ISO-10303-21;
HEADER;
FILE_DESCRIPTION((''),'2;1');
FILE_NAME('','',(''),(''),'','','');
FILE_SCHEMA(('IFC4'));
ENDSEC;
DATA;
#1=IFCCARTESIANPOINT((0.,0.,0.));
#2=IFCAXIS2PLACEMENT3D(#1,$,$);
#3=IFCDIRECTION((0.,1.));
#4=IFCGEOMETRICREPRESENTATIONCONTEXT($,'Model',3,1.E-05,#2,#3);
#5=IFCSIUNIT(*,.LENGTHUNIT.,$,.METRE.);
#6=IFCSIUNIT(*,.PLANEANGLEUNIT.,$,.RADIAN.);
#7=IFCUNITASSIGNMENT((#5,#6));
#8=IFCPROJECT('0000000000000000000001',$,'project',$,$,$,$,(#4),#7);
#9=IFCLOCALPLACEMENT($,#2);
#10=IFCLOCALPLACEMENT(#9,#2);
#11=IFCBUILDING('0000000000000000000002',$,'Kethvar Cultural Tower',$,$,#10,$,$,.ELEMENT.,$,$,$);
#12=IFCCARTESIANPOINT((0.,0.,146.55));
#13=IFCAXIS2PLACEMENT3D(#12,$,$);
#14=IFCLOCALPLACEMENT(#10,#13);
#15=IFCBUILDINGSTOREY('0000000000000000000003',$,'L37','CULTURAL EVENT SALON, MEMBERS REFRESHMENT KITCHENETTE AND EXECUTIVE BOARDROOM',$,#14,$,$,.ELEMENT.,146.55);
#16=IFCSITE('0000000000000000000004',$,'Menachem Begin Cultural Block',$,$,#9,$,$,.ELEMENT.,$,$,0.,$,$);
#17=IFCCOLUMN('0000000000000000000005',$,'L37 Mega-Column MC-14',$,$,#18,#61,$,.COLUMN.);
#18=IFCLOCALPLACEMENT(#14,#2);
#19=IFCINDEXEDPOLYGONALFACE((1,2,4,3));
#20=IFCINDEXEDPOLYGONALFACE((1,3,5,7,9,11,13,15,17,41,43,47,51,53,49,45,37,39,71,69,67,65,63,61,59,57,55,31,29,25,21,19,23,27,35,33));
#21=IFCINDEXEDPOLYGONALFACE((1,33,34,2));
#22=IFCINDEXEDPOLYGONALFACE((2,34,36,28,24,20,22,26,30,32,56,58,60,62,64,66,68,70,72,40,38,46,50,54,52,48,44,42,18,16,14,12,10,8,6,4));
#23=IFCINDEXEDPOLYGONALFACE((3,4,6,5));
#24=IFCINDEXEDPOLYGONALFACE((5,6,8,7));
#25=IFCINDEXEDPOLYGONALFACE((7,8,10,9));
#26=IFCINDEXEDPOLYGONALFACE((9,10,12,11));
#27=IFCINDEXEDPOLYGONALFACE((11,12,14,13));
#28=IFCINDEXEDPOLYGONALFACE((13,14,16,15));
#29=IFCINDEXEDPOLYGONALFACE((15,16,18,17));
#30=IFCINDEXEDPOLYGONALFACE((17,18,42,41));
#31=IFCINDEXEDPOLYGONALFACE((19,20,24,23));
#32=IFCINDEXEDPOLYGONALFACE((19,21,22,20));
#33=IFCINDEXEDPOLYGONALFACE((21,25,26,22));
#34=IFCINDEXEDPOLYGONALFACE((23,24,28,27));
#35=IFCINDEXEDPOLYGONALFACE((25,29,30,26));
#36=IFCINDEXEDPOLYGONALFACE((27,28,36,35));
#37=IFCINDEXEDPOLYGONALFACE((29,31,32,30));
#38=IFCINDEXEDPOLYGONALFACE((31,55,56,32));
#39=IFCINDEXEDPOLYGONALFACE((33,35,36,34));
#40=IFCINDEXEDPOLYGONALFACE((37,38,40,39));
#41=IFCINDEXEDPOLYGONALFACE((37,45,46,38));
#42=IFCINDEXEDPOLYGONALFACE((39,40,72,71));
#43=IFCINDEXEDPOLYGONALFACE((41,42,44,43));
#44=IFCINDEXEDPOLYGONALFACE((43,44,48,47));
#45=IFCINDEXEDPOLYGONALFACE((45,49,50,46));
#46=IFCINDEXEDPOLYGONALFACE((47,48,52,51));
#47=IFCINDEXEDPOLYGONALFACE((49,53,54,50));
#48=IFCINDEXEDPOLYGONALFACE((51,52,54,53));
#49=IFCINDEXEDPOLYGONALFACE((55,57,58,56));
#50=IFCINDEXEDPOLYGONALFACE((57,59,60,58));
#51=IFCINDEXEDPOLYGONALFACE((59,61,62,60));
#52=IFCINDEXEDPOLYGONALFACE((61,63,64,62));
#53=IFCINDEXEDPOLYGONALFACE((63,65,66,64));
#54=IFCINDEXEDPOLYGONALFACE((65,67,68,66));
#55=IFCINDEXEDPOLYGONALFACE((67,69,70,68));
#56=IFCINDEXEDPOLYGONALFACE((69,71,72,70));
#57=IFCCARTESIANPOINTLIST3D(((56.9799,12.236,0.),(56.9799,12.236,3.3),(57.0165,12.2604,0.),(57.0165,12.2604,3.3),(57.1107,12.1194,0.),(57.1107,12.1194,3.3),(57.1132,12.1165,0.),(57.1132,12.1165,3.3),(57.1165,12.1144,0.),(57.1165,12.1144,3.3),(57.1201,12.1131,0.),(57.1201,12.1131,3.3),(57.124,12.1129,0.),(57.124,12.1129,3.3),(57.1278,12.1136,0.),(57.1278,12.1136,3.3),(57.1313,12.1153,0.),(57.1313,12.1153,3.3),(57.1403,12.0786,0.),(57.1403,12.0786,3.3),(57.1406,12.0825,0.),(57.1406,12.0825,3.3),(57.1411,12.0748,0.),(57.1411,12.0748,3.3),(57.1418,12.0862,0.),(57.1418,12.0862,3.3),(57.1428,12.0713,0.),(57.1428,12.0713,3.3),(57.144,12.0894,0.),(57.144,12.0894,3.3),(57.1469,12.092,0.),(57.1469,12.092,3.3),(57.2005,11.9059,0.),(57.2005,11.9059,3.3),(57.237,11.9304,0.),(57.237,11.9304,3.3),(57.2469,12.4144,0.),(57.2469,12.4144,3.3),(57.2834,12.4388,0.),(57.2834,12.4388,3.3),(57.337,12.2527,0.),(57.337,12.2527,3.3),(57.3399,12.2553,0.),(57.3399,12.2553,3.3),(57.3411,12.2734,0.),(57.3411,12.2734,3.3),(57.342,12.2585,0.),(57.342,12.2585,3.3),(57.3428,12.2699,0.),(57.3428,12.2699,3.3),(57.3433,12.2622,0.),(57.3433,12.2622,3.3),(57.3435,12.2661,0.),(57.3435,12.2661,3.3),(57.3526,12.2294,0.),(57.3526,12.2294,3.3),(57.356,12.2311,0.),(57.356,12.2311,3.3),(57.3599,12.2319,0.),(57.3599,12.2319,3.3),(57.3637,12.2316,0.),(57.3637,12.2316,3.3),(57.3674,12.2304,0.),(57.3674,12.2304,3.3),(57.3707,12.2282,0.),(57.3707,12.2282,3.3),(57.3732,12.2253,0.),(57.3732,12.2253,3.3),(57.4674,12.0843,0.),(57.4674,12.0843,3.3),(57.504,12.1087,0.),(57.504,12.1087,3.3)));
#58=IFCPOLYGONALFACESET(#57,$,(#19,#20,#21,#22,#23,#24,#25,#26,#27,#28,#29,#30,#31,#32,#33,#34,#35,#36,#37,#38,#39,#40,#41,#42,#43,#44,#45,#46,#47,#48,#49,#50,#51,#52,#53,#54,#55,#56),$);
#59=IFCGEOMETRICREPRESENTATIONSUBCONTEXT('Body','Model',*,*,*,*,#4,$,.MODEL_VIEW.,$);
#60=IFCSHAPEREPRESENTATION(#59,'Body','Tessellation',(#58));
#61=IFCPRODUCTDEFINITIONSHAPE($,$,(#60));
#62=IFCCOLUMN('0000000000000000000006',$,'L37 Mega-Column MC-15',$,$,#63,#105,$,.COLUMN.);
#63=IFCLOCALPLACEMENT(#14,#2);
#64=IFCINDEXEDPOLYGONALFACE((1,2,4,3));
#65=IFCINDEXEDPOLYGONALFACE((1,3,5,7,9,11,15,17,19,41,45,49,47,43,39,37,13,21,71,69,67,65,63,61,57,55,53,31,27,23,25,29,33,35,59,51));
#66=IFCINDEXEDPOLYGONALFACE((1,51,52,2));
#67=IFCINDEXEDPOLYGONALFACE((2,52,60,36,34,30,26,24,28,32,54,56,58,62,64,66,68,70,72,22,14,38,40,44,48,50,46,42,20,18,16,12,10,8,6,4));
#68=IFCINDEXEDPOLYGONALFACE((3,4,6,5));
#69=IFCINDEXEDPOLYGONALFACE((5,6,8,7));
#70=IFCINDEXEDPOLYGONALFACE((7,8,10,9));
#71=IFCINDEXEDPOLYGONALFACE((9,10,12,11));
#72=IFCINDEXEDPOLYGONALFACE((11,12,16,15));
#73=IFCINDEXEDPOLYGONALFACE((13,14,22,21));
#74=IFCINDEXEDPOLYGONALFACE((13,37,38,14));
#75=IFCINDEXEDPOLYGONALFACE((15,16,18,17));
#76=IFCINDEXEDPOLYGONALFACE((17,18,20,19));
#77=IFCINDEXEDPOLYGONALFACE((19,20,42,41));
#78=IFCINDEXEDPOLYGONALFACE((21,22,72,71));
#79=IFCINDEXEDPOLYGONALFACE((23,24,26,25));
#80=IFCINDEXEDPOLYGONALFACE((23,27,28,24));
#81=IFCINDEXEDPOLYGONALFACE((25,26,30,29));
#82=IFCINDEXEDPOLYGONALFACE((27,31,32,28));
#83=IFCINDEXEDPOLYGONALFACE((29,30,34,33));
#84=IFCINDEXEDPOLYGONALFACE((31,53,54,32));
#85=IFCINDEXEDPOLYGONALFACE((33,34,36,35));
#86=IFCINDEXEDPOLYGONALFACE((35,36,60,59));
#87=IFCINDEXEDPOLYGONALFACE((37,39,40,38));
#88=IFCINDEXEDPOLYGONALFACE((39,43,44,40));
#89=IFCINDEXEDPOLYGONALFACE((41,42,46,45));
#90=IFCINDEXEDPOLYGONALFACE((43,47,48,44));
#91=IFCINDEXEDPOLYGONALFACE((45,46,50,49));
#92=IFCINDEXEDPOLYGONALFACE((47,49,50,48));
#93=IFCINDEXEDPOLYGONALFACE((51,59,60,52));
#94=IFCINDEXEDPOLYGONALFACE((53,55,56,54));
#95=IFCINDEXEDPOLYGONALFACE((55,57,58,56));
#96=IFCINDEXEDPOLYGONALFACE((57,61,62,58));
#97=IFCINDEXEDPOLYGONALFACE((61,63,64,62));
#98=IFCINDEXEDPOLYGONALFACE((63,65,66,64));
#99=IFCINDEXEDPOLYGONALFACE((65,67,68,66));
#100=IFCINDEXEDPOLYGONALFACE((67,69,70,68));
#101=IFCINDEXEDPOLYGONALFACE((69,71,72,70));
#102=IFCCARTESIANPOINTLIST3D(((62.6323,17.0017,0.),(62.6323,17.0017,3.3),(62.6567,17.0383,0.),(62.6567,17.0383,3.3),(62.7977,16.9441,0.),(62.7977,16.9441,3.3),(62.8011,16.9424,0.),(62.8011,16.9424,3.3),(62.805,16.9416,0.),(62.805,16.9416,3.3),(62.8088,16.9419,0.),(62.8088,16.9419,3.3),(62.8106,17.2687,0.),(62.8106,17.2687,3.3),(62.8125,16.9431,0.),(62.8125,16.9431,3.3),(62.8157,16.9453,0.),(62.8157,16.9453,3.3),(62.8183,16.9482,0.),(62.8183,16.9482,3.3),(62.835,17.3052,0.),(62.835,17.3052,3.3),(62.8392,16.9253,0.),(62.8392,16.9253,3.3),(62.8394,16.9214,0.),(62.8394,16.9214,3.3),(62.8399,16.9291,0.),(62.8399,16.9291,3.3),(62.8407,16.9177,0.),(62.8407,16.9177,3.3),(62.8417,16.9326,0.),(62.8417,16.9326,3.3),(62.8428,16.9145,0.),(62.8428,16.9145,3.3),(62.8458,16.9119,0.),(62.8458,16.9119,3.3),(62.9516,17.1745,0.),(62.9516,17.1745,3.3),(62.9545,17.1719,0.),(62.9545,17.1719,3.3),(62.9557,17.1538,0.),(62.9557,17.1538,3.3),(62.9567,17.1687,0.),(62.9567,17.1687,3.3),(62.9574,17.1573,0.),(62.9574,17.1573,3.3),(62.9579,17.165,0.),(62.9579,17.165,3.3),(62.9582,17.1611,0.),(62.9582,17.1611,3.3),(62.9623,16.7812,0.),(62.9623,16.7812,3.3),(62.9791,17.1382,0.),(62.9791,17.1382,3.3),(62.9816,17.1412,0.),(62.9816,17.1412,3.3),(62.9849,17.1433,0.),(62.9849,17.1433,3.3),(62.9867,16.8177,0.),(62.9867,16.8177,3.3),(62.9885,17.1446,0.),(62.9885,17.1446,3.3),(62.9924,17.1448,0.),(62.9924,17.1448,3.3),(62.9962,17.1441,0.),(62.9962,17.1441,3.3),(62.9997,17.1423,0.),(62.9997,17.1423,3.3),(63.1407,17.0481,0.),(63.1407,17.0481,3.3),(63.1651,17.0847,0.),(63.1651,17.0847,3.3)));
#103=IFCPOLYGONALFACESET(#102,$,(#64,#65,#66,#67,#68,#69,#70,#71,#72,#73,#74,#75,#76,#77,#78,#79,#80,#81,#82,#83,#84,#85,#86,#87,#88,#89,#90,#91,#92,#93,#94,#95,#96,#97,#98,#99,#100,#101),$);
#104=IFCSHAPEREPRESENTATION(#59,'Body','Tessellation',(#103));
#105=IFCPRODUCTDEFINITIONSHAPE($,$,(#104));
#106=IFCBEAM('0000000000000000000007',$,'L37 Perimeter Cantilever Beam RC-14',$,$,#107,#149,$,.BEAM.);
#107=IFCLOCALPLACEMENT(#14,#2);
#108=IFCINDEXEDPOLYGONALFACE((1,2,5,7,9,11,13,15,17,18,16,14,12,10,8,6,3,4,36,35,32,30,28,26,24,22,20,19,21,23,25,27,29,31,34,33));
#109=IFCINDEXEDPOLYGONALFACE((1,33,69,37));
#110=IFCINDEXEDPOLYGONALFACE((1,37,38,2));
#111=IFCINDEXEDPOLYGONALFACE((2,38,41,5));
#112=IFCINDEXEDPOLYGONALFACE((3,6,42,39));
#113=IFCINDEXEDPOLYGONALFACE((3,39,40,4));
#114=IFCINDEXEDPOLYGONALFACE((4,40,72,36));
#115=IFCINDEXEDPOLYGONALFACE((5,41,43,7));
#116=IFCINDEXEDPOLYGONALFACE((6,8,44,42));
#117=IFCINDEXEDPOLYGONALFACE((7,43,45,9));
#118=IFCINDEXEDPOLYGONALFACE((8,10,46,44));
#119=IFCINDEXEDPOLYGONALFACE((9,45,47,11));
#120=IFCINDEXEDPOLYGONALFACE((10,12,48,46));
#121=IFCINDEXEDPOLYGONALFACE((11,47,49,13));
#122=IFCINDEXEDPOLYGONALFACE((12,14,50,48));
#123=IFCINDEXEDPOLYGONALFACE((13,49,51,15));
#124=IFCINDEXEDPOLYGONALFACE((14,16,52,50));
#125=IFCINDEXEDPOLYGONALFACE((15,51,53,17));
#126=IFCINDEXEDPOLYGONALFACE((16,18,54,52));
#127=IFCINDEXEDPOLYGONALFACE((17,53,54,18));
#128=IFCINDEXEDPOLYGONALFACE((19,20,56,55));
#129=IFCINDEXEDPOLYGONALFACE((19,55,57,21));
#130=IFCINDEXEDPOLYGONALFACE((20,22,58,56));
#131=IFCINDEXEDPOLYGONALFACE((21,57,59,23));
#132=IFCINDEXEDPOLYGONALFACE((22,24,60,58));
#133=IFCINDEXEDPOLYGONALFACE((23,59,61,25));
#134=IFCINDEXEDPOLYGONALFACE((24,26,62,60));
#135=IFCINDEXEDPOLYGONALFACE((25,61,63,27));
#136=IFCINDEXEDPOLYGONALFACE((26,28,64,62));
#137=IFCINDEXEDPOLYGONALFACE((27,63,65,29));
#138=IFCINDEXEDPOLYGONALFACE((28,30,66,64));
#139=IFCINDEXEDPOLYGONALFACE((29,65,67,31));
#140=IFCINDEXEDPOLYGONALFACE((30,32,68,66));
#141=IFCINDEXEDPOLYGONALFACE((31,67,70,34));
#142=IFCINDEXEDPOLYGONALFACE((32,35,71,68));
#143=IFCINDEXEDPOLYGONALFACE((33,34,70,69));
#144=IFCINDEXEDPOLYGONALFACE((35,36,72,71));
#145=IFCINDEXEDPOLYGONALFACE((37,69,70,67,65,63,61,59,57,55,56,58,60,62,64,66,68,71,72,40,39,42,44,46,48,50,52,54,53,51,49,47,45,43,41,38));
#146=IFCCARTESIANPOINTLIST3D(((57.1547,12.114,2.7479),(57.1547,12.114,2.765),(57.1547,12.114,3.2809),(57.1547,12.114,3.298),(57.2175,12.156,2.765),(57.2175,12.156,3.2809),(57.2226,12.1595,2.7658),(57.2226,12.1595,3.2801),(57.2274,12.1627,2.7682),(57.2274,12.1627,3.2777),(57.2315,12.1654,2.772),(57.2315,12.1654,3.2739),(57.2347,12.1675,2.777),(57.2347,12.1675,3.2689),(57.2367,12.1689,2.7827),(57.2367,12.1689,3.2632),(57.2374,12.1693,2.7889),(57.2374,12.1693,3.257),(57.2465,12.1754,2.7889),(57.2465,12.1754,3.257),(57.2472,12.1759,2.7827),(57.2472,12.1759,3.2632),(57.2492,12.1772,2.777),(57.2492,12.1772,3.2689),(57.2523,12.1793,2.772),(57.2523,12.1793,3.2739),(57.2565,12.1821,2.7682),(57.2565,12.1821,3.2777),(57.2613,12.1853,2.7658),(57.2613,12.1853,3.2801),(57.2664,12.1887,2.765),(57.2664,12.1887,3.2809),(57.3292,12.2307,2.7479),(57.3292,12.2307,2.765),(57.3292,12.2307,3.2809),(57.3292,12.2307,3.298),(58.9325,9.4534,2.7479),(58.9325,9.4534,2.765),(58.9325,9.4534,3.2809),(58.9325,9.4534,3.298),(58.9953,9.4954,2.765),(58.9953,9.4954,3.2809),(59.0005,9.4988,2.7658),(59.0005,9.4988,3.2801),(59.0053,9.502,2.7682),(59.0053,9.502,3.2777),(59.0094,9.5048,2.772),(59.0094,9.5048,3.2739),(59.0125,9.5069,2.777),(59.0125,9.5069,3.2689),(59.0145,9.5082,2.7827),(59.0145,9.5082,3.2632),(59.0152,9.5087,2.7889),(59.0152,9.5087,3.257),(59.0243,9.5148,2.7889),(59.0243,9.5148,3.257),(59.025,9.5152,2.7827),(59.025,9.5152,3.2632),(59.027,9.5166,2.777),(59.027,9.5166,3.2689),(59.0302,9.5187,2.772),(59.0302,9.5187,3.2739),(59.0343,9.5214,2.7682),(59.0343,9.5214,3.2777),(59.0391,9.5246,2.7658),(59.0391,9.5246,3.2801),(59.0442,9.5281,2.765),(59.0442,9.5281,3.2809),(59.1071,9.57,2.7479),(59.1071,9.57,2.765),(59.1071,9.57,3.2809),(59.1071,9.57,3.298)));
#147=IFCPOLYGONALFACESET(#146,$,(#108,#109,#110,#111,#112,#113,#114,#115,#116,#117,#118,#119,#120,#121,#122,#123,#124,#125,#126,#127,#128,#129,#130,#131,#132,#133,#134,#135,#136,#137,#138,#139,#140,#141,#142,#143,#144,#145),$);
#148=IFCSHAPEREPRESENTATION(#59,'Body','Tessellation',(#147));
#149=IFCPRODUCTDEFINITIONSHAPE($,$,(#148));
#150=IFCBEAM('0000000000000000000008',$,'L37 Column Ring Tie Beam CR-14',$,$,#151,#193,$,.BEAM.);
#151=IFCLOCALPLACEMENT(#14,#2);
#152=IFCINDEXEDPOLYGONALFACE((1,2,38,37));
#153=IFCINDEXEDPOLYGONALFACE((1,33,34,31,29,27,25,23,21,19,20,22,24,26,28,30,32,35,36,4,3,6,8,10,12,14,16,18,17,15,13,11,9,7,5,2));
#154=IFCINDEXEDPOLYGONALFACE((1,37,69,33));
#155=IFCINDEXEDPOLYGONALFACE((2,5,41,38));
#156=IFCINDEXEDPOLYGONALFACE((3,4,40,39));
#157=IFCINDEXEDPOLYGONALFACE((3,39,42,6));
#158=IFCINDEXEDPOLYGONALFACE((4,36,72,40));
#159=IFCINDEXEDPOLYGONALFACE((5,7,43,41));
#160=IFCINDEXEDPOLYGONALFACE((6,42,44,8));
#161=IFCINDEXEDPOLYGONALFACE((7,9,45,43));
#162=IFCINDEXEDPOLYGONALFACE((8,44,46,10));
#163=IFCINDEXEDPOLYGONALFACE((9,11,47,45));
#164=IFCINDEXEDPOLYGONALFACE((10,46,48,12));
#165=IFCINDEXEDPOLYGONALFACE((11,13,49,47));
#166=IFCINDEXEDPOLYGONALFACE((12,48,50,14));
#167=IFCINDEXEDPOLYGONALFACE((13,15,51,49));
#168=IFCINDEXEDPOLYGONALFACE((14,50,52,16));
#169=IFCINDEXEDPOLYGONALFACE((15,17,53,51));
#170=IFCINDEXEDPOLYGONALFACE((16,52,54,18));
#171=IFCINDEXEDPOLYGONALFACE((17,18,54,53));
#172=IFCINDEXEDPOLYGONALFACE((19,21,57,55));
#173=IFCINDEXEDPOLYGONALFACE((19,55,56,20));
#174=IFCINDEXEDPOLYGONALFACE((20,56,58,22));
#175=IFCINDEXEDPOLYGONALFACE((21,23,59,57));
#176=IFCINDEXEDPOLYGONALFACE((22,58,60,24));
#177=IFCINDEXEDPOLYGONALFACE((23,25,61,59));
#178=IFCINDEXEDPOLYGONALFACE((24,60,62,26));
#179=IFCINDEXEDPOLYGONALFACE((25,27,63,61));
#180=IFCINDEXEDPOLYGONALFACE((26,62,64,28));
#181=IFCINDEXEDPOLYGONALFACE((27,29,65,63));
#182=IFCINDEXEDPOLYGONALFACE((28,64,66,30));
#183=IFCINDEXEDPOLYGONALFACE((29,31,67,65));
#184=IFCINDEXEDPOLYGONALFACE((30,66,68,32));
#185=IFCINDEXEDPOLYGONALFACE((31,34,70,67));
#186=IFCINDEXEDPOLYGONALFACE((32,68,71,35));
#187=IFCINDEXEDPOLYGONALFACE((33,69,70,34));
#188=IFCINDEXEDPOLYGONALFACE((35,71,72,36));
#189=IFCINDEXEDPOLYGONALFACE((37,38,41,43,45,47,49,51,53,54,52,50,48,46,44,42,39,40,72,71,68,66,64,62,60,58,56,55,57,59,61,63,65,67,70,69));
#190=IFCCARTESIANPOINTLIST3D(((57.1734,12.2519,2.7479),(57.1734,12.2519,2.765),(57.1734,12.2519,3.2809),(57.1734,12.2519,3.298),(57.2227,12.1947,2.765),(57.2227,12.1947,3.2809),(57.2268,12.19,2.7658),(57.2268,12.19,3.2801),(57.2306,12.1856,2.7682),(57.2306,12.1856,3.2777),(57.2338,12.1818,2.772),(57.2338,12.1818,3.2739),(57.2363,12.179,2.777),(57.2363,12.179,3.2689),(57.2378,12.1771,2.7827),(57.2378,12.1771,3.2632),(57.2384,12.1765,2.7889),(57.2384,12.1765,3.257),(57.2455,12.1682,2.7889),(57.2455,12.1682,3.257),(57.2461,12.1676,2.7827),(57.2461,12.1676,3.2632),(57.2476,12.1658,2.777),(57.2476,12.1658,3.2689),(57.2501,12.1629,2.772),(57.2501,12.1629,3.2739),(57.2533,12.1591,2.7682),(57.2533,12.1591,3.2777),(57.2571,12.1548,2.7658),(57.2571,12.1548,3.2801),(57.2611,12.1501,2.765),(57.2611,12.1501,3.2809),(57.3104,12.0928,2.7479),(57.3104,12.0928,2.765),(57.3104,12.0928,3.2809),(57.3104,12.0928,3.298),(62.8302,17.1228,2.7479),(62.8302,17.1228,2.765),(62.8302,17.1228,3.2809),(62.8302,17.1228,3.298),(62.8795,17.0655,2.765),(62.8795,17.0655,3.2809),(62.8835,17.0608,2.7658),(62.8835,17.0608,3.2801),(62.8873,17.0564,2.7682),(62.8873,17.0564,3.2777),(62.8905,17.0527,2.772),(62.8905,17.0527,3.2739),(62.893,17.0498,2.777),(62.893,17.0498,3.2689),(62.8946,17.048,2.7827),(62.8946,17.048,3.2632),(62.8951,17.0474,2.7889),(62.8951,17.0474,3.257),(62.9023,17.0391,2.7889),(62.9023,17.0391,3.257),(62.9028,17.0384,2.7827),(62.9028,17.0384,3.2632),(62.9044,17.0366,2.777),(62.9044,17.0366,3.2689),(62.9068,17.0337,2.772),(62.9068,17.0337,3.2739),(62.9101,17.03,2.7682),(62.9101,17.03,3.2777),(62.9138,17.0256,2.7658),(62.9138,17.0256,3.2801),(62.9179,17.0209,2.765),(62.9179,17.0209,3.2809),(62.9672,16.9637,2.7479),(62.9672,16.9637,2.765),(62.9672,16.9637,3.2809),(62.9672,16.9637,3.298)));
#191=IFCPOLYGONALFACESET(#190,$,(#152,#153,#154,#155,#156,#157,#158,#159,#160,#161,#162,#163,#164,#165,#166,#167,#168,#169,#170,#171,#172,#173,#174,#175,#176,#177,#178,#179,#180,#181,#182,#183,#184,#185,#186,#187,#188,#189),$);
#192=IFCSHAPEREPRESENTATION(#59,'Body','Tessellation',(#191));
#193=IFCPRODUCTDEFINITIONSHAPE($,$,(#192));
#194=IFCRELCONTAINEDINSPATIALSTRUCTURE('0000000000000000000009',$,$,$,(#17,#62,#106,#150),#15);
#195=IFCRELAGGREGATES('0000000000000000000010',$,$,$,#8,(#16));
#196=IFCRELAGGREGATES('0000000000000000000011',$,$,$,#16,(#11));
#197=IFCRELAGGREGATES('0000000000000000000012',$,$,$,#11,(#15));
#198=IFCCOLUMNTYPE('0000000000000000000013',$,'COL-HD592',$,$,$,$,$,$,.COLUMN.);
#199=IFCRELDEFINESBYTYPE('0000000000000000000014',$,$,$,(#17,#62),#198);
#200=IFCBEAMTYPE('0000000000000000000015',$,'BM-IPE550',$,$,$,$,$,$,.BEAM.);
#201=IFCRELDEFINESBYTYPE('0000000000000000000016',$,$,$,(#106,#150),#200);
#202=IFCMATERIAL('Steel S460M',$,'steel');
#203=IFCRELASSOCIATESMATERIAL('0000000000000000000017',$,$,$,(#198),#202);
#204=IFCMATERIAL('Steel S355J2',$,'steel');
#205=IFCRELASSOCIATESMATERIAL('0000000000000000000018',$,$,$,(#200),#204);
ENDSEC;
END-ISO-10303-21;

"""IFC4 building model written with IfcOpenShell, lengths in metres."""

from ifc_helpers import new_model, si_unit, direction, frame, origin, origin_2d, place, context, subcontext, project, spatial, i_section, extrude, source, transform, mapped, material, material_profile, profile_set, type_object, element, save


model = new_model("IFC4")

# Units and contexts
model_context = context("Model", 3, precision=1e-05, world=origin(), true_north=direction((0.0, 1.0)))
body_context = subcontext(model_context, "Body", "Model", "MODEL_VIEW")
ifc_project = project(units=[si_unit("LENGTHUNIT", "METRE"), si_unit("PLANEANGLEUNIT", "RADIAN")], contexts=[model_context])

# Site, building, storey
site_placement = place(None, origin())
site = spatial("IfcSite", under=ifc_project, at=site_placement, Name="Menachem Begin Cultural Block", CompositionType="ELEMENT", RefElevation=0.0)
building_placement = place(site_placement, origin())
building = spatial("IfcBuilding", under=site, at=building_placement, Name="Kethvar Cultural Tower", CompositionType="ELEMENT")
storey_placement = place(building_placement, frame((0.0, 0.0, 146.55)))
storey = spatial("IfcBuildingStorey", under=building, at=storey_placement, Name="L37", Description="CULTURAL EVENT SALON, MEMBERS REFRESHMENT KITCHENETTE AND EXECUTIVE BOARDROOM", CompositionType="ELEMENT", Elevation=146.55)

# Columns
ifc_material_1 = material(Name="Steel S460M", Category="steel")
ifc_material_profile_1 = material_profile(ifc_material_1, i_section(OverallWidth=0.397, OverallDepth=0.365, WebThickness=0.0281, FlangeThickness=0.0439, FilletRadius=0.0149, at=origin_2d()), Name="Steel S460M — HD400x592")
ifc_profile_set_1 = profile_set([ifc_material_profile_1], Name="Steel S460M — HD400x592")
column_type = type_object("IfcColumnType", Name="COL-HD592", PredefinedType="COLUMN", material=ifc_profile_set_1)
shared_shape_1 = source(origin(), body_context, "Body", "SweptSolid", [
    extrude(i_section(OverallWidth=0.397, OverallDepth=0.365, WebThickness=0.0281, FlangeThickness=0.0439, FilletRadius=0.0149, at=origin_2d()), origin(), (0.0, 0.0, 1.0), 3.3),
])
for number, where, z_axis, x_axis, name in (
    (1, (57.2419, 12.1724, 0.0), (0.0, 0.0, 1.0), (0.55557, -0.83147, 0.0), "L37 Mega-Column MC-14"),
    (2, (62.8987, 17.0432, 0.0), (0.0, 0.0, 1.0), (0.83147, -0.55557, 0.0), "L37 Mega-Column MC-15"),
):
    element("IfcColumn", number, at=place(storey_placement, frame(where, z_axis=z_axis, x_axis=x_axis)), inside=storey, type_object=column_type, Name=name, PredefinedType="COLUMN", context=body_context, shape_type="MappedRepresentation", body=[
        mapped(shared_shape_1, transform((0.0, 0.0, 0.0), scale=1.0)),
    ])

# Beams
ifc_material_2 = material(Name="Steel S355J2", Category="steel")
ifc_material_profile_2 = material_profile(ifc_material_2, i_section(OverallWidth=0.21, OverallDepth=0.55, WebThickness=0.011, FlangeThickness=0.0171, FilletRadius=0.0239, at=origin_2d()), Name="Steel S355J2 — IPE550")
ifc_profile_set_2 = profile_set([ifc_material_profile_2], Name="Steel S355J2 — IPE550")
beam_type_1 = type_object("IfcBeamType", Name="BM-IPE550", PredefinedType="BEAM", material=ifc_profile_set_2)
shared_shape_2 = source(origin(), body_context, "Body", "SweptSolid", [
    extrude(i_section(OverallWidth=0.21, OverallDepth=0.55, WebThickness=0.011, FlangeThickness=0.0171, FilletRadius=0.0239, at=origin_2d()), origin(), (0.0, 0.0, 1.0), 3.2),
])
beam_1_placement = place(storey_placement, frame((57.2419, 12.1724, 3.0229), z_axis=(0.55558, -0.831463, 0.0), x_axis=(0.831463, 0.55558, 0.0)))
element("IfcBeam", 3, at=beam_1_placement, inside=storey, type_object=beam_type_1, Name="L37 Perimeter Cantilever Beam RC-14", PredefinedType="BEAM", context=body_context, shape_type="MappedRepresentation", body=[
    mapped(shared_shape_2, transform((0.0, 0.0, 0.0), scale=1.0)),
])
shared_shape_3 = source(origin(), body_context, "Body", "SweptSolid", [
    extrude(i_section(OverallWidth=0.21, OverallDepth=0.55, WebThickness=0.011, FlangeThickness=0.0171, FilletRadius=0.0239, at=origin_2d()), origin(), (0.0, 0.0, 1.0), 7.4648),
])
beam_2_placement = place(storey_placement, frame((57.2419, 12.1724, 3.0229), z_axis=(0.757784, 0.652505, 0.0), x_axis=(-0.652505, 0.757784, 0.0)))
element("IfcBeam", 4, at=beam_2_placement, inside=storey, type_object=beam_type_1, Name="L37 Column Ring Tie Beam CR-14", PredefinedType="BEAM", context=body_context, shape_type="MappedRepresentation", body=[
    mapped(shared_shape_3, transform((0.0, 0.0, 0.0), scale=1.0)),
])

save(model, "model.ifc")
